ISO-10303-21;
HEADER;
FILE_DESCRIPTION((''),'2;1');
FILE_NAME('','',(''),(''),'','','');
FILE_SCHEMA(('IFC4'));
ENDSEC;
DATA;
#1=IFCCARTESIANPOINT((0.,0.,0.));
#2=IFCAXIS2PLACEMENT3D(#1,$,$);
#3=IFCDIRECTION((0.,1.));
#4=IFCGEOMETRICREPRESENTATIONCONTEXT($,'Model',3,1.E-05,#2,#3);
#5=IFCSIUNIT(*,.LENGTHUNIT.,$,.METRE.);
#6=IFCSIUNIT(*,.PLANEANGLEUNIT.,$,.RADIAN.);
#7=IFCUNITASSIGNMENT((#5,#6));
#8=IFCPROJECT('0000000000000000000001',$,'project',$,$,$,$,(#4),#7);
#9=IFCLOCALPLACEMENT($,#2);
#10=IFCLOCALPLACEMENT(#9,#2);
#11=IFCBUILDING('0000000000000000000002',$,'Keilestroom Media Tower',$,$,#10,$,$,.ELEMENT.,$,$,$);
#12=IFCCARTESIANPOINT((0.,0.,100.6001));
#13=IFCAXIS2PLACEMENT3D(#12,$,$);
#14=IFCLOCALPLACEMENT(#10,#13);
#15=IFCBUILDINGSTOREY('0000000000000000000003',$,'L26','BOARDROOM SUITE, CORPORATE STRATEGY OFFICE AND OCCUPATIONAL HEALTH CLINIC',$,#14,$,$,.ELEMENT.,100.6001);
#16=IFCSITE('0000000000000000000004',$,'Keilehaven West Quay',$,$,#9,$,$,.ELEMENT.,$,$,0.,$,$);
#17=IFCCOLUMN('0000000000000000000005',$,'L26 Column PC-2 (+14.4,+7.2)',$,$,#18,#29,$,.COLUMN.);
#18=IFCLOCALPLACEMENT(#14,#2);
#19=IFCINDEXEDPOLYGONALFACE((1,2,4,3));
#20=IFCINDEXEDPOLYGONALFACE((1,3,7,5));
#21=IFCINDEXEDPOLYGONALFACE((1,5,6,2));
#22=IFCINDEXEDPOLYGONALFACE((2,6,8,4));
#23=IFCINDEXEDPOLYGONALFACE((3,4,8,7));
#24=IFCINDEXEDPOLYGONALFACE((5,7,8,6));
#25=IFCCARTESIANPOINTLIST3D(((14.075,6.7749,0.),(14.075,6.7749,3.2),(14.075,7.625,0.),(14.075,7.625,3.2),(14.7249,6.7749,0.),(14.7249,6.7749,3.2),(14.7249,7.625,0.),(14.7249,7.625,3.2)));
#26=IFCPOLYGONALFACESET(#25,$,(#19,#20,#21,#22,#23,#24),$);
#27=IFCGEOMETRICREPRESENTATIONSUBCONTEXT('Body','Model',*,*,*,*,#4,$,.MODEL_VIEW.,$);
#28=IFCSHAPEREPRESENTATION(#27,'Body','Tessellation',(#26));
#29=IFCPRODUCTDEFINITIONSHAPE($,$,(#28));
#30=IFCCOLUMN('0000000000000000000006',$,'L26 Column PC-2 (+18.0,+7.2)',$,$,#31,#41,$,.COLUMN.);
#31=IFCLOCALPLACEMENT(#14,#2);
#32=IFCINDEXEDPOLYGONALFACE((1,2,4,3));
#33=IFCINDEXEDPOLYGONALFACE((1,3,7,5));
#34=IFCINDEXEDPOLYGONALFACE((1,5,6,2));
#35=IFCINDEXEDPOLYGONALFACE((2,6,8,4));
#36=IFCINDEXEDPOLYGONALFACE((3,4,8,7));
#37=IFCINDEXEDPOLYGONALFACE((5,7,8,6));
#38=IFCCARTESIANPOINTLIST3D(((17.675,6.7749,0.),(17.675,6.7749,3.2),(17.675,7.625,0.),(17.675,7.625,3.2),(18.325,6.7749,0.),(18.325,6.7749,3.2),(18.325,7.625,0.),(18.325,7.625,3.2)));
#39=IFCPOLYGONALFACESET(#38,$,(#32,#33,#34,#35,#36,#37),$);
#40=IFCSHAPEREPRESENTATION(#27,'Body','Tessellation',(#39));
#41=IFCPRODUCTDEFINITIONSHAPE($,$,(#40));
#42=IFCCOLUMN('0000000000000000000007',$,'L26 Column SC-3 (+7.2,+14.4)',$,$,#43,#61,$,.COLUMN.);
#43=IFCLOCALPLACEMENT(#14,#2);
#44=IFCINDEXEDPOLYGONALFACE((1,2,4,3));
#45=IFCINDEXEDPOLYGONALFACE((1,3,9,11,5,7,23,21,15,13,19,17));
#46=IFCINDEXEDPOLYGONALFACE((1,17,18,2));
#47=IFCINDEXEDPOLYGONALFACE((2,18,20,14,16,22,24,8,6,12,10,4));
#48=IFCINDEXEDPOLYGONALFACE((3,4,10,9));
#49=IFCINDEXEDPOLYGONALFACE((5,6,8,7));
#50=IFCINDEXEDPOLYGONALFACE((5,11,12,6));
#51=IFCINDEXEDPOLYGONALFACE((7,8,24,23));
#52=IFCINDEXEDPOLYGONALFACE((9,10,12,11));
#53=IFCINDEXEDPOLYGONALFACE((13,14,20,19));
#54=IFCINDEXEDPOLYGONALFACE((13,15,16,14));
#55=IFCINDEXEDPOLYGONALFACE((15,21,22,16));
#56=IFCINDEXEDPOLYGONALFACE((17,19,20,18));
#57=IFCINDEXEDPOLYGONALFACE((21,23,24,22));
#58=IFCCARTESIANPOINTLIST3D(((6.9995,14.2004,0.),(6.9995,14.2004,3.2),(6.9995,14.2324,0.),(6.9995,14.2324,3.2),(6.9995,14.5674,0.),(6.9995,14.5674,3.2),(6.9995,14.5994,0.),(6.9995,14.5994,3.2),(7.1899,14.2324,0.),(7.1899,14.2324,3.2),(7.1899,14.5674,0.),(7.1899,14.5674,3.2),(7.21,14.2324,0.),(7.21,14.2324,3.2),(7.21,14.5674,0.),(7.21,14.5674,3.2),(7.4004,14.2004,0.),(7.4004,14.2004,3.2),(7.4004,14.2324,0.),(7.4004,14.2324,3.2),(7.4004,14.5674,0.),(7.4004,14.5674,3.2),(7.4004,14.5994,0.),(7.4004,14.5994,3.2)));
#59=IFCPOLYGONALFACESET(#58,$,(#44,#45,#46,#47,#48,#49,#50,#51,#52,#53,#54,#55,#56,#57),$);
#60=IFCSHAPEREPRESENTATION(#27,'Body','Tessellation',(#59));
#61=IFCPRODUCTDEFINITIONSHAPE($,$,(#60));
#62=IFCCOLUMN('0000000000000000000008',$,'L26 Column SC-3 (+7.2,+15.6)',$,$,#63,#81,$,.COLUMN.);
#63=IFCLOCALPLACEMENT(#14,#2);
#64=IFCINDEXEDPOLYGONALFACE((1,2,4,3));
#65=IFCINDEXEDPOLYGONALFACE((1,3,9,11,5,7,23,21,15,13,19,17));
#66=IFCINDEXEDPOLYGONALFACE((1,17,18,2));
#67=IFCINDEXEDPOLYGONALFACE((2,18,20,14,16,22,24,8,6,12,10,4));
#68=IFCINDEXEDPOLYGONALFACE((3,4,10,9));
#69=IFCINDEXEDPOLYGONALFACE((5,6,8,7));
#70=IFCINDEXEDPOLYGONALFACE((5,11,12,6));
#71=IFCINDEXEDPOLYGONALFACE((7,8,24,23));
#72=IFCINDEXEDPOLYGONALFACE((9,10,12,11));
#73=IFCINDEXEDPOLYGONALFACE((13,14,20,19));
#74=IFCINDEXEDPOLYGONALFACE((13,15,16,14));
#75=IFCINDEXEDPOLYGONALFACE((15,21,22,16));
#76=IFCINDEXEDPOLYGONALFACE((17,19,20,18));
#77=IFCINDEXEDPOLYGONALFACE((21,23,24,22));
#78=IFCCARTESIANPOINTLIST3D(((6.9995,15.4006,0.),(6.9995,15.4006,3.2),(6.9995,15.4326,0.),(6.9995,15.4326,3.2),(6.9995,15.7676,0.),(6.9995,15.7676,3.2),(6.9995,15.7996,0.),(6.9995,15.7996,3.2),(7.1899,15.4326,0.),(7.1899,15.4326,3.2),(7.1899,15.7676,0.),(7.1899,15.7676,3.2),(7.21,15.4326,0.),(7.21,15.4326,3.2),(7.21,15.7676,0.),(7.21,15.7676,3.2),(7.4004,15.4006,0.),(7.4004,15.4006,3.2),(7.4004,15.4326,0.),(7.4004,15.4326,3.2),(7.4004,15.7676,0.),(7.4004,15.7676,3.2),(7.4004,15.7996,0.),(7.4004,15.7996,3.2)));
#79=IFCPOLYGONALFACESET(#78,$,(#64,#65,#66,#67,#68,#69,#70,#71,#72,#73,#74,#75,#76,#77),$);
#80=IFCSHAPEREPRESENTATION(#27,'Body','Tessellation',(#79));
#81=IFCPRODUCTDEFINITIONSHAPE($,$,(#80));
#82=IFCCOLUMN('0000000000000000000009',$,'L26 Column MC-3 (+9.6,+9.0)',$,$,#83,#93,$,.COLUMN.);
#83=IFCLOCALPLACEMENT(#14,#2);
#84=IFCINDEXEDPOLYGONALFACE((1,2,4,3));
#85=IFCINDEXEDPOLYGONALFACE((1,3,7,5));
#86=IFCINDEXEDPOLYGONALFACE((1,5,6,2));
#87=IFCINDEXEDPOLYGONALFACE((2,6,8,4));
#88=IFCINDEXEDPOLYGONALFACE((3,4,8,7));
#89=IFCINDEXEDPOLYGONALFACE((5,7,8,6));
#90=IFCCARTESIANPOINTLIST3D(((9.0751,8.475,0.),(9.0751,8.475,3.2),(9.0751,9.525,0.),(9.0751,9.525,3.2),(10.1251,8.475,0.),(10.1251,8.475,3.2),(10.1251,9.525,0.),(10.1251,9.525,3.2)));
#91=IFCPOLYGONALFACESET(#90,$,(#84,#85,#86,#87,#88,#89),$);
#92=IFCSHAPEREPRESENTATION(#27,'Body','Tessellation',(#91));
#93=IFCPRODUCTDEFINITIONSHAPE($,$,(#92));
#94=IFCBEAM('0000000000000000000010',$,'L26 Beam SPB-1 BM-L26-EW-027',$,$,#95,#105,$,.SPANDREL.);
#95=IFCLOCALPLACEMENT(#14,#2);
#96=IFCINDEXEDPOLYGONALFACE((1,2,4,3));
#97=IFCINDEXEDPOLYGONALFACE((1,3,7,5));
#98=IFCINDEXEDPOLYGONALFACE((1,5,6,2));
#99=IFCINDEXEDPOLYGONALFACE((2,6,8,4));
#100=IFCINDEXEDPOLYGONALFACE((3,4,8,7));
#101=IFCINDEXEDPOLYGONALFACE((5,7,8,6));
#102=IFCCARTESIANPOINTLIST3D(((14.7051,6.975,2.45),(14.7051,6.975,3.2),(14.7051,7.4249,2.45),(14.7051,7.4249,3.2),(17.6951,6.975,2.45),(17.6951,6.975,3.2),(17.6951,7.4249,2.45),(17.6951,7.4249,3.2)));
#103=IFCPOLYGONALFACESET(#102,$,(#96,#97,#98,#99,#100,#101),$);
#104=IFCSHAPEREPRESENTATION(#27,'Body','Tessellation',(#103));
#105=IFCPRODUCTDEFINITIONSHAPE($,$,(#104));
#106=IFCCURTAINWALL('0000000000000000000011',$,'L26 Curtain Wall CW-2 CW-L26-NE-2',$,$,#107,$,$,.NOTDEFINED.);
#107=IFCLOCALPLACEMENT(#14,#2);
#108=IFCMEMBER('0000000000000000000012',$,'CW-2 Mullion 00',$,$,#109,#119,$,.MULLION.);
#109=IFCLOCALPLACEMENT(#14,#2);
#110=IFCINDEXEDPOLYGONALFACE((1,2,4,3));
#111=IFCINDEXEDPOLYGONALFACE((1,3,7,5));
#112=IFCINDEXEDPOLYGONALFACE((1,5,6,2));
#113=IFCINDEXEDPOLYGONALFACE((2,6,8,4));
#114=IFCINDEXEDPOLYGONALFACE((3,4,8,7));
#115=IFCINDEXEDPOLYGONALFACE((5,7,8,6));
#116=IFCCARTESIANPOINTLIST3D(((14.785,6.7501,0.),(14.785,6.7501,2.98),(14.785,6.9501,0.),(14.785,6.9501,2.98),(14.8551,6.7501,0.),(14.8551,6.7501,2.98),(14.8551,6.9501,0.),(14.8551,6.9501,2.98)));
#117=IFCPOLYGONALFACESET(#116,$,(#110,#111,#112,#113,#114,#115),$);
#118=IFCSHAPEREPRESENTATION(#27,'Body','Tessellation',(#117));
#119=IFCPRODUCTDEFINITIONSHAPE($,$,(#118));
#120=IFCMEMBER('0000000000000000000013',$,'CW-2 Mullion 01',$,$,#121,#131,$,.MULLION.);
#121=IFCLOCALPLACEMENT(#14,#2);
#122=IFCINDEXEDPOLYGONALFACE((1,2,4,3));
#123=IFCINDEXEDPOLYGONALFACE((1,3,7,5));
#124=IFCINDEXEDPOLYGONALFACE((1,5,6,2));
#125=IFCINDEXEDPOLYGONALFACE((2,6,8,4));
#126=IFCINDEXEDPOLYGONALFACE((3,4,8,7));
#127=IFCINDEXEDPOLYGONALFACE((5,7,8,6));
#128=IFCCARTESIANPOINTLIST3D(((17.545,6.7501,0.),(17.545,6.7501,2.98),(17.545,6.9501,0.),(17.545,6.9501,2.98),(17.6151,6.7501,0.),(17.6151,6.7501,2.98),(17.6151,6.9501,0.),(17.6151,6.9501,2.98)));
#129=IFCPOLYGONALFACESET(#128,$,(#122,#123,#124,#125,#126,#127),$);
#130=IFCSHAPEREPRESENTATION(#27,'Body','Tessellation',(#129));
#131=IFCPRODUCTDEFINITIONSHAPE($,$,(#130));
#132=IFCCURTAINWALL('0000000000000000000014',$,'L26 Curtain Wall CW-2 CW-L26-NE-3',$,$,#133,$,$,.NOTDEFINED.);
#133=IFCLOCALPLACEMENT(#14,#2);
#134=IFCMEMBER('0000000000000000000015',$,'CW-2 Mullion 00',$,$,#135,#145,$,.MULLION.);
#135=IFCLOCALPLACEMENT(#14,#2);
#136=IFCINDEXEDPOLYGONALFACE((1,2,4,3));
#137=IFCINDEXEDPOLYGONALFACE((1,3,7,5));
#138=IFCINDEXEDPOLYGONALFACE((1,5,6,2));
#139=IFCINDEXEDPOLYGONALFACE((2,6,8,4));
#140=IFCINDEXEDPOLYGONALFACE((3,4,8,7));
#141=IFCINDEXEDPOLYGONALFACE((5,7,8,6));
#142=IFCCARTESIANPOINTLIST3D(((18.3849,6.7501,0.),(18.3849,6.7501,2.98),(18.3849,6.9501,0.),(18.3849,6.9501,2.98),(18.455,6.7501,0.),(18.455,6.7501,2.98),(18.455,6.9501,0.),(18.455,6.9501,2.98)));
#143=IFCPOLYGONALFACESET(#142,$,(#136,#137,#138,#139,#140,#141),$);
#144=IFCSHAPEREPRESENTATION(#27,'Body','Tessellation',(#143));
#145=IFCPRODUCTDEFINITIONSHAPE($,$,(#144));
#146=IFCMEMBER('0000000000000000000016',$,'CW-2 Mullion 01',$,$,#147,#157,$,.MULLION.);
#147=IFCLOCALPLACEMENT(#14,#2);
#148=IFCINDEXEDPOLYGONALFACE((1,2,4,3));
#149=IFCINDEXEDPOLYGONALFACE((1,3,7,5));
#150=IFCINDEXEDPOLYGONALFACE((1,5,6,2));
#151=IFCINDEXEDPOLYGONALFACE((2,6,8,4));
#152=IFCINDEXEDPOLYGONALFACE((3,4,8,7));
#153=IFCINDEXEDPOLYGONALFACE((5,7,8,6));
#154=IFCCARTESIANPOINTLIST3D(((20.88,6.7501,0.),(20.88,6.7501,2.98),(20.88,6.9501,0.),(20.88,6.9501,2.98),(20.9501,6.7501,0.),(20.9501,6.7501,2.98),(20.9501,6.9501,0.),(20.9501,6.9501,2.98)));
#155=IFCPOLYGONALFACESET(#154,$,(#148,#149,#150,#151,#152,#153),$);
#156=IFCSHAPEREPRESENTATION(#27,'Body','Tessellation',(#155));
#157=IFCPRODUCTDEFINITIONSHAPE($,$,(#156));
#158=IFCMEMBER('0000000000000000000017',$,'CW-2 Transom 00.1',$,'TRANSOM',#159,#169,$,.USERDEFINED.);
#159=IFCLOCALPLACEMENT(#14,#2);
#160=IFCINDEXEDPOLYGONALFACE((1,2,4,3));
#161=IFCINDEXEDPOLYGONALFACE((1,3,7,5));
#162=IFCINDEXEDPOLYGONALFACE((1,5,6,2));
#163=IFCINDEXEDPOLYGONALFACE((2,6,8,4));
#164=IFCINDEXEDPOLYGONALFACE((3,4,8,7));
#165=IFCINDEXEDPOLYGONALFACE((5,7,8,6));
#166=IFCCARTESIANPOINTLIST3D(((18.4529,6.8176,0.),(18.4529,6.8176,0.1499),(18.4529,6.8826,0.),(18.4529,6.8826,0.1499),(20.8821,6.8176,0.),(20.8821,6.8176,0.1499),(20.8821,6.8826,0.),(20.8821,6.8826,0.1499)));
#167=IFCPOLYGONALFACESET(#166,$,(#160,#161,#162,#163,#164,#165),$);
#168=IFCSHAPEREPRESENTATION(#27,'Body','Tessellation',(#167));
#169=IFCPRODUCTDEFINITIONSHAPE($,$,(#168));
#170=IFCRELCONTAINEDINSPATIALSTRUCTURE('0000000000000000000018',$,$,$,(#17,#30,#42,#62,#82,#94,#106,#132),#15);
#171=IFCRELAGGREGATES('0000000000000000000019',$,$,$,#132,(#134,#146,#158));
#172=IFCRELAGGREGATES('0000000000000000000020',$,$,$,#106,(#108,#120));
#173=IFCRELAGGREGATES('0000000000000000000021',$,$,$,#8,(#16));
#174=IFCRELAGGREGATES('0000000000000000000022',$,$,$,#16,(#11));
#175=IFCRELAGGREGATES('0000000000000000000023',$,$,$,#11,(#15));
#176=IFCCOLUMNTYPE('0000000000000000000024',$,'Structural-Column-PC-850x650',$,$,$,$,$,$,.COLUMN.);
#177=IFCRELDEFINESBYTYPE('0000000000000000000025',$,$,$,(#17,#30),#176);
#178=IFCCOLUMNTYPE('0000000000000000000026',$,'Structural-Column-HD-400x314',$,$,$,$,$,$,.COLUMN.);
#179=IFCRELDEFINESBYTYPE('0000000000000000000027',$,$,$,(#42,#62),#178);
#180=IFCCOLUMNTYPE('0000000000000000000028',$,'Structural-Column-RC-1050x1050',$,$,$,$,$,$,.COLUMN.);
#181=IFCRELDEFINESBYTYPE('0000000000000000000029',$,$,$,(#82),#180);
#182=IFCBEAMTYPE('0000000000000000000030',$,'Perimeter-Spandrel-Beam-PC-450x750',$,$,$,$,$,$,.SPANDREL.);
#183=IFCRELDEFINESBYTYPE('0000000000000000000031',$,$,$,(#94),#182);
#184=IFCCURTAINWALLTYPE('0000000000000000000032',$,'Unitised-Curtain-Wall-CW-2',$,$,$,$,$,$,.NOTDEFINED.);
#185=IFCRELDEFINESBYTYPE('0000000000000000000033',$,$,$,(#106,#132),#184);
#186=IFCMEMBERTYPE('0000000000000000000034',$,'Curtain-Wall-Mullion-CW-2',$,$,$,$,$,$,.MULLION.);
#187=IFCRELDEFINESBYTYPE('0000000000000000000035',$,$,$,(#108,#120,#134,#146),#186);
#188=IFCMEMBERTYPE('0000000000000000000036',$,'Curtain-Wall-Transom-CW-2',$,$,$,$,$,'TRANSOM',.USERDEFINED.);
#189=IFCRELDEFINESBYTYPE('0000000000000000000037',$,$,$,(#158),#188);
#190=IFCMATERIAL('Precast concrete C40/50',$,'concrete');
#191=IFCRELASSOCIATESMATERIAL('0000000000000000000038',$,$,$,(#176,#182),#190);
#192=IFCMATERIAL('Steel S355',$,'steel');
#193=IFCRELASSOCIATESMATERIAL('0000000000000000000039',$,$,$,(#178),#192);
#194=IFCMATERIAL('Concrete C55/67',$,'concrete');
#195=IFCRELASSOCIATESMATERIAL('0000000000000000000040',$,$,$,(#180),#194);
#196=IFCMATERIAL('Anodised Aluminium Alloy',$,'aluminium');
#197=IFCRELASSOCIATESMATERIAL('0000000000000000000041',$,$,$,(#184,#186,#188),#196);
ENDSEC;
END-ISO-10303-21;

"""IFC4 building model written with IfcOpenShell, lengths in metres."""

from ifc_helpers import new_model, si_unit, direction, frame, origin, origin_2d, place, context, subcontext, project, spatial, rectangle, i_section, extrude, source, transform, mapped, material, material_profile, profile_set, type_object, element, aggregate, save


model = new_model("IFC4")

# Units and contexts
model_context = context("Model", 3, precision=1e-05, world=origin(), true_north=direction((0.0, 1.0)))
body_context = subcontext(model_context, "Body", "Model", "MODEL_VIEW")
ifc_project = project(units=[si_unit("LENGTHUNIT", "METRE"), si_unit("PLANEANGLEUNIT", "RADIAN")], contexts=[model_context])

# Site, building, storey
site_placement = place(None, origin())
site = spatial("IfcSite", under=ifc_project, at=site_placement, Name="Keilehaven West Quay", CompositionType="ELEMENT", RefElevation=0.0)
building_placement = place(site_placement, origin())
building = spatial("IfcBuilding", under=site, at=building_placement, Name="Keilestroom Media Tower", CompositionType="ELEMENT")
storey_placement = place(building_placement, frame((0.0, 0.0, 100.6001)))
storey = spatial("IfcBuildingStorey", under=building, at=storey_placement, Name="L26", Description="BOARDROOM SUITE, CORPORATE STRATEGY OFFICE AND OCCUPATIONAL HEALTH CLINIC", CompositionType="ELEMENT", Elevation=100.6001)

# Columns
ifc_material_1 = material(Name="Precast concrete C40/50", Category="concrete")
ifc_material_profile_1 = material_profile(ifc_material_1, rectangle(XDim=0.6499, YDim=0.8501, at=origin_2d()), Name="PC 850x650")
ifc_profile_set_1 = profile_set([ifc_material_profile_1], Name="Precast concrete C40/50")
column_type_1 = type_object("IfcColumnType", Name="Structural-Column-PC-850x650", PredefinedType="COLUMN", material=ifc_profile_set_1)
shared_shape_1 = source(origin(), body_context, "Body", "SweptSolid", [
    extrude(rectangle(XDim=0.6499, YDim=0.8501, at=origin_2d()), origin(), (0.0, 0.0, 1.0), 3.2),
])
for number, where, z_axis, x_axis, name in (
    (1, (14.3999, 7.2, 0.0), (0.0, 0.0, 1.0), (1.0, 0.0, 0.0), "L26 Column PC-2 (+14.4,+7.2)"),
    (2, (18.0, 7.2, 0.0), (0.0, 0.0, 1.0), (1.0, 0.0, 0.0), "L26 Column PC-2 (+18.0,+7.2)"),
):
    element("IfcColumn", number, at=place(storey_placement, frame(where, z_axis=z_axis, x_axis=x_axis)), inside=storey, type_object=column_type_1, Name=name, PredefinedType="COLUMN", context=body_context, shape_type="MappedRepresentation", body=[
        mapped(shared_shape_1, transform((0.0, 0.0, 0.0), x_axis=(1.0, 0.0, 0.0), y_axis=(0.0, 1.0, 0.0), z_axis=(0.0, 0.0, 1.0), scale=1.0)),
    ])
ifc_material_2 = material(Name="Steel S355", Category="steel")
ifc_material_profile_2 = material_profile(ifc_material_2, i_section(OverallWidth=0.4009, OverallDepth=0.3989, WebThickness=0.02, FlangeThickness=0.032, at=origin_2d()), Name="HD 400x314")
ifc_profile_set_2 = profile_set([ifc_material_profile_2], Name="Steel S355")
column_type_2 = type_object("IfcColumnType", Name="Structural-Column-HD-400x314", PredefinedType="COLUMN", material=ifc_profile_set_2)
shared_shape_2 = source(origin(), body_context, "Body", "SweptSolid", [
    extrude(i_section(OverallWidth=0.4009, OverallDepth=0.3989, WebThickness=0.02, FlangeThickness=0.032, at=origin_2d()), origin(), (0.0, 0.0, 1.0), 3.2),
])
for number, where, z_axis, x_axis, name in (
    (3, (7.2, 14.3999, 0.0), (0.0, 0.0, 1.0), (1.0, 0.0, 0.0), "L26 Column SC-3 (+7.2,+14.4)"),
    (4, (7.2, 15.6001, 0.0), (0.0, 0.0, 1.0), (1.0, 0.0, 0.0), "L26 Column SC-3 (+7.2,+15.6)"),
):
    element("IfcColumn", number, at=place(storey_placement, frame(where, z_axis=z_axis, x_axis=x_axis)), inside=storey, type_object=column_type_2, Name=name, PredefinedType="COLUMN", context=body_context, shape_type="MappedRepresentation", body=[
        mapped(shared_shape_2, transform((0.0, 0.0, 0.0), x_axis=(1.0, 0.0, 0.0), y_axis=(0.0, 1.0, 0.0), z_axis=(0.0, 0.0, 1.0), scale=1.0)),
    ])
ifc_material_3 = material(Name="Concrete C55/67", Category="concrete")
ifc_material_profile_3 = material_profile(ifc_material_3, rectangle(XDim=1.05, YDim=1.05, at=origin_2d()), Name="RC 1050x1050")
ifc_profile_set_3 = profile_set([ifc_material_profile_3], Name="Concrete C55/67")
column_type_3 = type_object("IfcColumnType", Name="Structural-Column-RC-1050x1050", PredefinedType="COLUMN", material=ifc_profile_set_3)
shared_shape_3 = source(origin(), body_context, "Body", "SweptSolid", [
    extrude(rectangle(XDim=1.05, YDim=1.05, at=origin_2d()), origin(), (0.0, 0.0, 1.0), 3.2),
])
column_placement = place(storey_placement, frame((9.6001, 9.0, 0.0), z_axis=(0.0, 0.0, 1.0), x_axis=(1.0, 0.0, 0.0)))
element("IfcColumn", 5, at=column_placement, inside=storey, type_object=column_type_3, Name="L26 Column MC-3 (+9.6,+9.0)", PredefinedType="COLUMN", context=body_context, shape_type="MappedRepresentation", body=[
    mapped(shared_shape_3, transform((0.0, 0.0, 0.0), x_axis=(1.0, 0.0, 0.0), y_axis=(0.0, 1.0, 0.0), z_axis=(0.0, 0.0, 1.0), scale=1.0)),
])

# Beam
ifc_material_profile_4 = material_profile(ifc_material_1, rectangle(XDim=0.45, YDim=0.75, at=origin_2d()), Name="PC 450x750")
ifc_profile_set_4 = profile_set([ifc_material_profile_4], Name="Precast concrete C40/50")
beam_type = type_object("IfcBeamType", Name="Perimeter-Spandrel-Beam-PC-450x750", PredefinedType="SPANDREL", material=ifc_profile_set_4)
shared_shape_4 = source(origin(), body_context, "Body", "SweptSolid", [
    extrude(rectangle(XDim=0.45, YDim=0.75, at=origin_2d()), origin(), (0.0, 0.0, 1.0), 2.99),
])
beam_placement = place(storey_placement, frame((14.7051, 7.2, 2.825), z_axis=(1.0, 0.0, 0.0), x_axis=(0.0, 1.0, 0.0)))
element("IfcBeam", 6, at=beam_placement, inside=storey, type_object=beam_type, Name="L26 Beam SPB-1 BM-L26-EW-027", PredefinedType="SPANDREL", context=body_context, shape_type="MappedRepresentation", body=[
    mapped(shared_shape_4, transform((0.0, 0.0, 0.0), x_axis=(1.0, 0.0, 0.0), y_axis=(0.0, 1.0, 0.0), z_axis=(0.0, 0.0, 1.0), scale=1.0)),
])

# Curtain walls, members
ifc_material_4 = material(Name="Anodised Aluminium Alloy", Category="aluminium")
curtain_wall_type = type_object("IfcCurtainWallType", Name="Unitised-Curtain-Wall-CW-2", PredefinedType="NOTDEFINED", material=ifc_material_4)
curtain_wall_1_placement = place(storey_placement, origin())
curtain_wall_1 = element("IfcCurtainWall", 7, at=curtain_wall_1_placement, inside=storey, type_object=curtain_wall_type, Name="L26 Curtain Wall CW-2 CW-L26-NE-2", PredefinedType="NOTDEFINED")
ifc_material_profile_5 = material_profile(ifc_material_4, rectangle(XDim=0.0701, YDim=0.2, at=origin_2d()), Name="ALU MULLION 70x200")
ifc_profile_set_5 = profile_set([ifc_material_profile_5], Name="Anodised Aluminium Alloy")
member_type_1 = type_object("IfcMemberType", Name="Curtain-Wall-Mullion-CW-2", PredefinedType="MULLION", material=ifc_profile_set_5)
shared_shape_5 = source(origin(), body_context, "Body", "SweptSolid", [
    extrude(rectangle(XDim=0.0701, YDim=0.2, at=origin_2d()), origin(), (0.0, 0.0, 1.0), 2.98),
])
member_1_placement = place(storey_placement, frame((14.8201, 6.8501, 0.0), z_axis=(0.0, 0.0, 1.0), x_axis=(1.0, 0.0, 0.0)))
member_1 = element("IfcMember", 8, at=member_1_placement, type_object=member_type_1, Name="CW-2 Mullion 00", PredefinedType="MULLION", context=body_context, shape_type="MappedRepresentation", body=[
    mapped(shared_shape_5, transform((0.0, 0.0, 0.0), x_axis=(1.0, 0.0, 0.0), y_axis=(0.0, 1.0, 0.0), z_axis=(0.0, 0.0, 1.0), scale=1.0)),
])
member_2_placement = place(storey_placement, frame((17.5801, 6.8501, 0.0), z_axis=(0.0, 0.0, 1.0), x_axis=(1.0, 0.0, 0.0)))
member_2 = element("IfcMember", 9, at=member_2_placement, type_object=member_type_1, Name="CW-2 Mullion 01", PredefinedType="MULLION", context=body_context, shape_type="MappedRepresentation", body=[
    mapped(shared_shape_5, transform((0.0, 0.0, 0.0), x_axis=(1.0, 0.0, 0.0), y_axis=(0.0, 1.0, 0.0), z_axis=(0.0, 0.0, 1.0), scale=1.0)),
])
curtain_wall_2_placement = place(storey_placement, origin())
curtain_wall_2 = element("IfcCurtainWall", 10, at=curtain_wall_2_placement, inside=storey, type_object=curtain_wall_type, Name="L26 Curtain Wall CW-2 CW-L26-NE-3", PredefinedType="NOTDEFINED")
member_3_placement = place(storey_placement, frame((18.4199, 6.8501, 0.0), z_axis=(0.0, 0.0, 1.0), x_axis=(1.0, 0.0, 0.0)))
member_3 = element("IfcMember", 11, at=member_3_placement, type_object=member_type_1, Name="CW-2 Mullion 00", PredefinedType="MULLION", context=body_context, shape_type="MappedRepresentation", body=[
    mapped(shared_shape_5, transform((0.0, 0.0, 0.0), x_axis=(1.0, 0.0, 0.0), y_axis=(0.0, 1.0, 0.0), z_axis=(0.0, 0.0, 1.0), scale=1.0)),
])
member_4_placement = place(storey_placement, frame((20.915, 6.8501, 0.0), z_axis=(0.0, 0.0, 1.0), x_axis=(1.0, 0.0, 0.0)))
member_4 = element("IfcMember", 12, at=member_4_placement, type_object=member_type_1, Name="CW-2 Mullion 01", PredefinedType="MULLION", context=body_context, shape_type="MappedRepresentation", body=[
    mapped(shared_shape_5, transform((0.0, 0.0, 0.0), x_axis=(1.0, 0.0, 0.0), y_axis=(0.0, 1.0, 0.0), z_axis=(0.0, 0.0, 1.0), scale=1.0)),
])
ifc_material_profile_6 = material_profile(ifc_material_4, rectangle(XDim=0.0649, YDim=0.1499, at=origin_2d()), Name="ALU TRANSOM 65x150")
ifc_profile_set_6 = profile_set([ifc_material_profile_6], Name="Anodised Aluminium Alloy")
member_type_2 = type_object("IfcMemberType", Name="Curtain-Wall-Transom-CW-2", ElementType="TRANSOM", PredefinedType="USERDEFINED", material=ifc_profile_set_6)
shared_shape_6 = source(origin(), body_context, "Body", "SweptSolid", [
    extrude(rectangle(XDim=0.0649, YDim=0.1499, at=origin_2d()), origin(), (0.0, 0.0, 1.0), 2.4292),
])
member_5_placement = place(storey_placement, frame((18.4529, 6.8501, 0.075), z_axis=(1.0, 0.0, 0.0), x_axis=(0.0, 1.0, 0.0)))
member_5 = element("IfcMember", 13, at=member_5_placement, type_object=member_type_2, Name="CW-2 Transom 00.1", ObjectType="TRANSOM", PredefinedType="USERDEFINED", context=body_context, shape_type="MappedRepresentation", body=[
    mapped(shared_shape_6, transform((0.0, 0.0, 0.0), x_axis=(1.0, 0.0, 0.0), y_axis=(0.0, 1.0, 0.0), z_axis=(0.0, 0.0, 1.0), scale=1.0)),
])

aggregate(curtain_wall_2, [member_3, member_4, member_5])
aggregate(curtain_wall_1, [member_1, member_2])

save(model, "model.ifc")
